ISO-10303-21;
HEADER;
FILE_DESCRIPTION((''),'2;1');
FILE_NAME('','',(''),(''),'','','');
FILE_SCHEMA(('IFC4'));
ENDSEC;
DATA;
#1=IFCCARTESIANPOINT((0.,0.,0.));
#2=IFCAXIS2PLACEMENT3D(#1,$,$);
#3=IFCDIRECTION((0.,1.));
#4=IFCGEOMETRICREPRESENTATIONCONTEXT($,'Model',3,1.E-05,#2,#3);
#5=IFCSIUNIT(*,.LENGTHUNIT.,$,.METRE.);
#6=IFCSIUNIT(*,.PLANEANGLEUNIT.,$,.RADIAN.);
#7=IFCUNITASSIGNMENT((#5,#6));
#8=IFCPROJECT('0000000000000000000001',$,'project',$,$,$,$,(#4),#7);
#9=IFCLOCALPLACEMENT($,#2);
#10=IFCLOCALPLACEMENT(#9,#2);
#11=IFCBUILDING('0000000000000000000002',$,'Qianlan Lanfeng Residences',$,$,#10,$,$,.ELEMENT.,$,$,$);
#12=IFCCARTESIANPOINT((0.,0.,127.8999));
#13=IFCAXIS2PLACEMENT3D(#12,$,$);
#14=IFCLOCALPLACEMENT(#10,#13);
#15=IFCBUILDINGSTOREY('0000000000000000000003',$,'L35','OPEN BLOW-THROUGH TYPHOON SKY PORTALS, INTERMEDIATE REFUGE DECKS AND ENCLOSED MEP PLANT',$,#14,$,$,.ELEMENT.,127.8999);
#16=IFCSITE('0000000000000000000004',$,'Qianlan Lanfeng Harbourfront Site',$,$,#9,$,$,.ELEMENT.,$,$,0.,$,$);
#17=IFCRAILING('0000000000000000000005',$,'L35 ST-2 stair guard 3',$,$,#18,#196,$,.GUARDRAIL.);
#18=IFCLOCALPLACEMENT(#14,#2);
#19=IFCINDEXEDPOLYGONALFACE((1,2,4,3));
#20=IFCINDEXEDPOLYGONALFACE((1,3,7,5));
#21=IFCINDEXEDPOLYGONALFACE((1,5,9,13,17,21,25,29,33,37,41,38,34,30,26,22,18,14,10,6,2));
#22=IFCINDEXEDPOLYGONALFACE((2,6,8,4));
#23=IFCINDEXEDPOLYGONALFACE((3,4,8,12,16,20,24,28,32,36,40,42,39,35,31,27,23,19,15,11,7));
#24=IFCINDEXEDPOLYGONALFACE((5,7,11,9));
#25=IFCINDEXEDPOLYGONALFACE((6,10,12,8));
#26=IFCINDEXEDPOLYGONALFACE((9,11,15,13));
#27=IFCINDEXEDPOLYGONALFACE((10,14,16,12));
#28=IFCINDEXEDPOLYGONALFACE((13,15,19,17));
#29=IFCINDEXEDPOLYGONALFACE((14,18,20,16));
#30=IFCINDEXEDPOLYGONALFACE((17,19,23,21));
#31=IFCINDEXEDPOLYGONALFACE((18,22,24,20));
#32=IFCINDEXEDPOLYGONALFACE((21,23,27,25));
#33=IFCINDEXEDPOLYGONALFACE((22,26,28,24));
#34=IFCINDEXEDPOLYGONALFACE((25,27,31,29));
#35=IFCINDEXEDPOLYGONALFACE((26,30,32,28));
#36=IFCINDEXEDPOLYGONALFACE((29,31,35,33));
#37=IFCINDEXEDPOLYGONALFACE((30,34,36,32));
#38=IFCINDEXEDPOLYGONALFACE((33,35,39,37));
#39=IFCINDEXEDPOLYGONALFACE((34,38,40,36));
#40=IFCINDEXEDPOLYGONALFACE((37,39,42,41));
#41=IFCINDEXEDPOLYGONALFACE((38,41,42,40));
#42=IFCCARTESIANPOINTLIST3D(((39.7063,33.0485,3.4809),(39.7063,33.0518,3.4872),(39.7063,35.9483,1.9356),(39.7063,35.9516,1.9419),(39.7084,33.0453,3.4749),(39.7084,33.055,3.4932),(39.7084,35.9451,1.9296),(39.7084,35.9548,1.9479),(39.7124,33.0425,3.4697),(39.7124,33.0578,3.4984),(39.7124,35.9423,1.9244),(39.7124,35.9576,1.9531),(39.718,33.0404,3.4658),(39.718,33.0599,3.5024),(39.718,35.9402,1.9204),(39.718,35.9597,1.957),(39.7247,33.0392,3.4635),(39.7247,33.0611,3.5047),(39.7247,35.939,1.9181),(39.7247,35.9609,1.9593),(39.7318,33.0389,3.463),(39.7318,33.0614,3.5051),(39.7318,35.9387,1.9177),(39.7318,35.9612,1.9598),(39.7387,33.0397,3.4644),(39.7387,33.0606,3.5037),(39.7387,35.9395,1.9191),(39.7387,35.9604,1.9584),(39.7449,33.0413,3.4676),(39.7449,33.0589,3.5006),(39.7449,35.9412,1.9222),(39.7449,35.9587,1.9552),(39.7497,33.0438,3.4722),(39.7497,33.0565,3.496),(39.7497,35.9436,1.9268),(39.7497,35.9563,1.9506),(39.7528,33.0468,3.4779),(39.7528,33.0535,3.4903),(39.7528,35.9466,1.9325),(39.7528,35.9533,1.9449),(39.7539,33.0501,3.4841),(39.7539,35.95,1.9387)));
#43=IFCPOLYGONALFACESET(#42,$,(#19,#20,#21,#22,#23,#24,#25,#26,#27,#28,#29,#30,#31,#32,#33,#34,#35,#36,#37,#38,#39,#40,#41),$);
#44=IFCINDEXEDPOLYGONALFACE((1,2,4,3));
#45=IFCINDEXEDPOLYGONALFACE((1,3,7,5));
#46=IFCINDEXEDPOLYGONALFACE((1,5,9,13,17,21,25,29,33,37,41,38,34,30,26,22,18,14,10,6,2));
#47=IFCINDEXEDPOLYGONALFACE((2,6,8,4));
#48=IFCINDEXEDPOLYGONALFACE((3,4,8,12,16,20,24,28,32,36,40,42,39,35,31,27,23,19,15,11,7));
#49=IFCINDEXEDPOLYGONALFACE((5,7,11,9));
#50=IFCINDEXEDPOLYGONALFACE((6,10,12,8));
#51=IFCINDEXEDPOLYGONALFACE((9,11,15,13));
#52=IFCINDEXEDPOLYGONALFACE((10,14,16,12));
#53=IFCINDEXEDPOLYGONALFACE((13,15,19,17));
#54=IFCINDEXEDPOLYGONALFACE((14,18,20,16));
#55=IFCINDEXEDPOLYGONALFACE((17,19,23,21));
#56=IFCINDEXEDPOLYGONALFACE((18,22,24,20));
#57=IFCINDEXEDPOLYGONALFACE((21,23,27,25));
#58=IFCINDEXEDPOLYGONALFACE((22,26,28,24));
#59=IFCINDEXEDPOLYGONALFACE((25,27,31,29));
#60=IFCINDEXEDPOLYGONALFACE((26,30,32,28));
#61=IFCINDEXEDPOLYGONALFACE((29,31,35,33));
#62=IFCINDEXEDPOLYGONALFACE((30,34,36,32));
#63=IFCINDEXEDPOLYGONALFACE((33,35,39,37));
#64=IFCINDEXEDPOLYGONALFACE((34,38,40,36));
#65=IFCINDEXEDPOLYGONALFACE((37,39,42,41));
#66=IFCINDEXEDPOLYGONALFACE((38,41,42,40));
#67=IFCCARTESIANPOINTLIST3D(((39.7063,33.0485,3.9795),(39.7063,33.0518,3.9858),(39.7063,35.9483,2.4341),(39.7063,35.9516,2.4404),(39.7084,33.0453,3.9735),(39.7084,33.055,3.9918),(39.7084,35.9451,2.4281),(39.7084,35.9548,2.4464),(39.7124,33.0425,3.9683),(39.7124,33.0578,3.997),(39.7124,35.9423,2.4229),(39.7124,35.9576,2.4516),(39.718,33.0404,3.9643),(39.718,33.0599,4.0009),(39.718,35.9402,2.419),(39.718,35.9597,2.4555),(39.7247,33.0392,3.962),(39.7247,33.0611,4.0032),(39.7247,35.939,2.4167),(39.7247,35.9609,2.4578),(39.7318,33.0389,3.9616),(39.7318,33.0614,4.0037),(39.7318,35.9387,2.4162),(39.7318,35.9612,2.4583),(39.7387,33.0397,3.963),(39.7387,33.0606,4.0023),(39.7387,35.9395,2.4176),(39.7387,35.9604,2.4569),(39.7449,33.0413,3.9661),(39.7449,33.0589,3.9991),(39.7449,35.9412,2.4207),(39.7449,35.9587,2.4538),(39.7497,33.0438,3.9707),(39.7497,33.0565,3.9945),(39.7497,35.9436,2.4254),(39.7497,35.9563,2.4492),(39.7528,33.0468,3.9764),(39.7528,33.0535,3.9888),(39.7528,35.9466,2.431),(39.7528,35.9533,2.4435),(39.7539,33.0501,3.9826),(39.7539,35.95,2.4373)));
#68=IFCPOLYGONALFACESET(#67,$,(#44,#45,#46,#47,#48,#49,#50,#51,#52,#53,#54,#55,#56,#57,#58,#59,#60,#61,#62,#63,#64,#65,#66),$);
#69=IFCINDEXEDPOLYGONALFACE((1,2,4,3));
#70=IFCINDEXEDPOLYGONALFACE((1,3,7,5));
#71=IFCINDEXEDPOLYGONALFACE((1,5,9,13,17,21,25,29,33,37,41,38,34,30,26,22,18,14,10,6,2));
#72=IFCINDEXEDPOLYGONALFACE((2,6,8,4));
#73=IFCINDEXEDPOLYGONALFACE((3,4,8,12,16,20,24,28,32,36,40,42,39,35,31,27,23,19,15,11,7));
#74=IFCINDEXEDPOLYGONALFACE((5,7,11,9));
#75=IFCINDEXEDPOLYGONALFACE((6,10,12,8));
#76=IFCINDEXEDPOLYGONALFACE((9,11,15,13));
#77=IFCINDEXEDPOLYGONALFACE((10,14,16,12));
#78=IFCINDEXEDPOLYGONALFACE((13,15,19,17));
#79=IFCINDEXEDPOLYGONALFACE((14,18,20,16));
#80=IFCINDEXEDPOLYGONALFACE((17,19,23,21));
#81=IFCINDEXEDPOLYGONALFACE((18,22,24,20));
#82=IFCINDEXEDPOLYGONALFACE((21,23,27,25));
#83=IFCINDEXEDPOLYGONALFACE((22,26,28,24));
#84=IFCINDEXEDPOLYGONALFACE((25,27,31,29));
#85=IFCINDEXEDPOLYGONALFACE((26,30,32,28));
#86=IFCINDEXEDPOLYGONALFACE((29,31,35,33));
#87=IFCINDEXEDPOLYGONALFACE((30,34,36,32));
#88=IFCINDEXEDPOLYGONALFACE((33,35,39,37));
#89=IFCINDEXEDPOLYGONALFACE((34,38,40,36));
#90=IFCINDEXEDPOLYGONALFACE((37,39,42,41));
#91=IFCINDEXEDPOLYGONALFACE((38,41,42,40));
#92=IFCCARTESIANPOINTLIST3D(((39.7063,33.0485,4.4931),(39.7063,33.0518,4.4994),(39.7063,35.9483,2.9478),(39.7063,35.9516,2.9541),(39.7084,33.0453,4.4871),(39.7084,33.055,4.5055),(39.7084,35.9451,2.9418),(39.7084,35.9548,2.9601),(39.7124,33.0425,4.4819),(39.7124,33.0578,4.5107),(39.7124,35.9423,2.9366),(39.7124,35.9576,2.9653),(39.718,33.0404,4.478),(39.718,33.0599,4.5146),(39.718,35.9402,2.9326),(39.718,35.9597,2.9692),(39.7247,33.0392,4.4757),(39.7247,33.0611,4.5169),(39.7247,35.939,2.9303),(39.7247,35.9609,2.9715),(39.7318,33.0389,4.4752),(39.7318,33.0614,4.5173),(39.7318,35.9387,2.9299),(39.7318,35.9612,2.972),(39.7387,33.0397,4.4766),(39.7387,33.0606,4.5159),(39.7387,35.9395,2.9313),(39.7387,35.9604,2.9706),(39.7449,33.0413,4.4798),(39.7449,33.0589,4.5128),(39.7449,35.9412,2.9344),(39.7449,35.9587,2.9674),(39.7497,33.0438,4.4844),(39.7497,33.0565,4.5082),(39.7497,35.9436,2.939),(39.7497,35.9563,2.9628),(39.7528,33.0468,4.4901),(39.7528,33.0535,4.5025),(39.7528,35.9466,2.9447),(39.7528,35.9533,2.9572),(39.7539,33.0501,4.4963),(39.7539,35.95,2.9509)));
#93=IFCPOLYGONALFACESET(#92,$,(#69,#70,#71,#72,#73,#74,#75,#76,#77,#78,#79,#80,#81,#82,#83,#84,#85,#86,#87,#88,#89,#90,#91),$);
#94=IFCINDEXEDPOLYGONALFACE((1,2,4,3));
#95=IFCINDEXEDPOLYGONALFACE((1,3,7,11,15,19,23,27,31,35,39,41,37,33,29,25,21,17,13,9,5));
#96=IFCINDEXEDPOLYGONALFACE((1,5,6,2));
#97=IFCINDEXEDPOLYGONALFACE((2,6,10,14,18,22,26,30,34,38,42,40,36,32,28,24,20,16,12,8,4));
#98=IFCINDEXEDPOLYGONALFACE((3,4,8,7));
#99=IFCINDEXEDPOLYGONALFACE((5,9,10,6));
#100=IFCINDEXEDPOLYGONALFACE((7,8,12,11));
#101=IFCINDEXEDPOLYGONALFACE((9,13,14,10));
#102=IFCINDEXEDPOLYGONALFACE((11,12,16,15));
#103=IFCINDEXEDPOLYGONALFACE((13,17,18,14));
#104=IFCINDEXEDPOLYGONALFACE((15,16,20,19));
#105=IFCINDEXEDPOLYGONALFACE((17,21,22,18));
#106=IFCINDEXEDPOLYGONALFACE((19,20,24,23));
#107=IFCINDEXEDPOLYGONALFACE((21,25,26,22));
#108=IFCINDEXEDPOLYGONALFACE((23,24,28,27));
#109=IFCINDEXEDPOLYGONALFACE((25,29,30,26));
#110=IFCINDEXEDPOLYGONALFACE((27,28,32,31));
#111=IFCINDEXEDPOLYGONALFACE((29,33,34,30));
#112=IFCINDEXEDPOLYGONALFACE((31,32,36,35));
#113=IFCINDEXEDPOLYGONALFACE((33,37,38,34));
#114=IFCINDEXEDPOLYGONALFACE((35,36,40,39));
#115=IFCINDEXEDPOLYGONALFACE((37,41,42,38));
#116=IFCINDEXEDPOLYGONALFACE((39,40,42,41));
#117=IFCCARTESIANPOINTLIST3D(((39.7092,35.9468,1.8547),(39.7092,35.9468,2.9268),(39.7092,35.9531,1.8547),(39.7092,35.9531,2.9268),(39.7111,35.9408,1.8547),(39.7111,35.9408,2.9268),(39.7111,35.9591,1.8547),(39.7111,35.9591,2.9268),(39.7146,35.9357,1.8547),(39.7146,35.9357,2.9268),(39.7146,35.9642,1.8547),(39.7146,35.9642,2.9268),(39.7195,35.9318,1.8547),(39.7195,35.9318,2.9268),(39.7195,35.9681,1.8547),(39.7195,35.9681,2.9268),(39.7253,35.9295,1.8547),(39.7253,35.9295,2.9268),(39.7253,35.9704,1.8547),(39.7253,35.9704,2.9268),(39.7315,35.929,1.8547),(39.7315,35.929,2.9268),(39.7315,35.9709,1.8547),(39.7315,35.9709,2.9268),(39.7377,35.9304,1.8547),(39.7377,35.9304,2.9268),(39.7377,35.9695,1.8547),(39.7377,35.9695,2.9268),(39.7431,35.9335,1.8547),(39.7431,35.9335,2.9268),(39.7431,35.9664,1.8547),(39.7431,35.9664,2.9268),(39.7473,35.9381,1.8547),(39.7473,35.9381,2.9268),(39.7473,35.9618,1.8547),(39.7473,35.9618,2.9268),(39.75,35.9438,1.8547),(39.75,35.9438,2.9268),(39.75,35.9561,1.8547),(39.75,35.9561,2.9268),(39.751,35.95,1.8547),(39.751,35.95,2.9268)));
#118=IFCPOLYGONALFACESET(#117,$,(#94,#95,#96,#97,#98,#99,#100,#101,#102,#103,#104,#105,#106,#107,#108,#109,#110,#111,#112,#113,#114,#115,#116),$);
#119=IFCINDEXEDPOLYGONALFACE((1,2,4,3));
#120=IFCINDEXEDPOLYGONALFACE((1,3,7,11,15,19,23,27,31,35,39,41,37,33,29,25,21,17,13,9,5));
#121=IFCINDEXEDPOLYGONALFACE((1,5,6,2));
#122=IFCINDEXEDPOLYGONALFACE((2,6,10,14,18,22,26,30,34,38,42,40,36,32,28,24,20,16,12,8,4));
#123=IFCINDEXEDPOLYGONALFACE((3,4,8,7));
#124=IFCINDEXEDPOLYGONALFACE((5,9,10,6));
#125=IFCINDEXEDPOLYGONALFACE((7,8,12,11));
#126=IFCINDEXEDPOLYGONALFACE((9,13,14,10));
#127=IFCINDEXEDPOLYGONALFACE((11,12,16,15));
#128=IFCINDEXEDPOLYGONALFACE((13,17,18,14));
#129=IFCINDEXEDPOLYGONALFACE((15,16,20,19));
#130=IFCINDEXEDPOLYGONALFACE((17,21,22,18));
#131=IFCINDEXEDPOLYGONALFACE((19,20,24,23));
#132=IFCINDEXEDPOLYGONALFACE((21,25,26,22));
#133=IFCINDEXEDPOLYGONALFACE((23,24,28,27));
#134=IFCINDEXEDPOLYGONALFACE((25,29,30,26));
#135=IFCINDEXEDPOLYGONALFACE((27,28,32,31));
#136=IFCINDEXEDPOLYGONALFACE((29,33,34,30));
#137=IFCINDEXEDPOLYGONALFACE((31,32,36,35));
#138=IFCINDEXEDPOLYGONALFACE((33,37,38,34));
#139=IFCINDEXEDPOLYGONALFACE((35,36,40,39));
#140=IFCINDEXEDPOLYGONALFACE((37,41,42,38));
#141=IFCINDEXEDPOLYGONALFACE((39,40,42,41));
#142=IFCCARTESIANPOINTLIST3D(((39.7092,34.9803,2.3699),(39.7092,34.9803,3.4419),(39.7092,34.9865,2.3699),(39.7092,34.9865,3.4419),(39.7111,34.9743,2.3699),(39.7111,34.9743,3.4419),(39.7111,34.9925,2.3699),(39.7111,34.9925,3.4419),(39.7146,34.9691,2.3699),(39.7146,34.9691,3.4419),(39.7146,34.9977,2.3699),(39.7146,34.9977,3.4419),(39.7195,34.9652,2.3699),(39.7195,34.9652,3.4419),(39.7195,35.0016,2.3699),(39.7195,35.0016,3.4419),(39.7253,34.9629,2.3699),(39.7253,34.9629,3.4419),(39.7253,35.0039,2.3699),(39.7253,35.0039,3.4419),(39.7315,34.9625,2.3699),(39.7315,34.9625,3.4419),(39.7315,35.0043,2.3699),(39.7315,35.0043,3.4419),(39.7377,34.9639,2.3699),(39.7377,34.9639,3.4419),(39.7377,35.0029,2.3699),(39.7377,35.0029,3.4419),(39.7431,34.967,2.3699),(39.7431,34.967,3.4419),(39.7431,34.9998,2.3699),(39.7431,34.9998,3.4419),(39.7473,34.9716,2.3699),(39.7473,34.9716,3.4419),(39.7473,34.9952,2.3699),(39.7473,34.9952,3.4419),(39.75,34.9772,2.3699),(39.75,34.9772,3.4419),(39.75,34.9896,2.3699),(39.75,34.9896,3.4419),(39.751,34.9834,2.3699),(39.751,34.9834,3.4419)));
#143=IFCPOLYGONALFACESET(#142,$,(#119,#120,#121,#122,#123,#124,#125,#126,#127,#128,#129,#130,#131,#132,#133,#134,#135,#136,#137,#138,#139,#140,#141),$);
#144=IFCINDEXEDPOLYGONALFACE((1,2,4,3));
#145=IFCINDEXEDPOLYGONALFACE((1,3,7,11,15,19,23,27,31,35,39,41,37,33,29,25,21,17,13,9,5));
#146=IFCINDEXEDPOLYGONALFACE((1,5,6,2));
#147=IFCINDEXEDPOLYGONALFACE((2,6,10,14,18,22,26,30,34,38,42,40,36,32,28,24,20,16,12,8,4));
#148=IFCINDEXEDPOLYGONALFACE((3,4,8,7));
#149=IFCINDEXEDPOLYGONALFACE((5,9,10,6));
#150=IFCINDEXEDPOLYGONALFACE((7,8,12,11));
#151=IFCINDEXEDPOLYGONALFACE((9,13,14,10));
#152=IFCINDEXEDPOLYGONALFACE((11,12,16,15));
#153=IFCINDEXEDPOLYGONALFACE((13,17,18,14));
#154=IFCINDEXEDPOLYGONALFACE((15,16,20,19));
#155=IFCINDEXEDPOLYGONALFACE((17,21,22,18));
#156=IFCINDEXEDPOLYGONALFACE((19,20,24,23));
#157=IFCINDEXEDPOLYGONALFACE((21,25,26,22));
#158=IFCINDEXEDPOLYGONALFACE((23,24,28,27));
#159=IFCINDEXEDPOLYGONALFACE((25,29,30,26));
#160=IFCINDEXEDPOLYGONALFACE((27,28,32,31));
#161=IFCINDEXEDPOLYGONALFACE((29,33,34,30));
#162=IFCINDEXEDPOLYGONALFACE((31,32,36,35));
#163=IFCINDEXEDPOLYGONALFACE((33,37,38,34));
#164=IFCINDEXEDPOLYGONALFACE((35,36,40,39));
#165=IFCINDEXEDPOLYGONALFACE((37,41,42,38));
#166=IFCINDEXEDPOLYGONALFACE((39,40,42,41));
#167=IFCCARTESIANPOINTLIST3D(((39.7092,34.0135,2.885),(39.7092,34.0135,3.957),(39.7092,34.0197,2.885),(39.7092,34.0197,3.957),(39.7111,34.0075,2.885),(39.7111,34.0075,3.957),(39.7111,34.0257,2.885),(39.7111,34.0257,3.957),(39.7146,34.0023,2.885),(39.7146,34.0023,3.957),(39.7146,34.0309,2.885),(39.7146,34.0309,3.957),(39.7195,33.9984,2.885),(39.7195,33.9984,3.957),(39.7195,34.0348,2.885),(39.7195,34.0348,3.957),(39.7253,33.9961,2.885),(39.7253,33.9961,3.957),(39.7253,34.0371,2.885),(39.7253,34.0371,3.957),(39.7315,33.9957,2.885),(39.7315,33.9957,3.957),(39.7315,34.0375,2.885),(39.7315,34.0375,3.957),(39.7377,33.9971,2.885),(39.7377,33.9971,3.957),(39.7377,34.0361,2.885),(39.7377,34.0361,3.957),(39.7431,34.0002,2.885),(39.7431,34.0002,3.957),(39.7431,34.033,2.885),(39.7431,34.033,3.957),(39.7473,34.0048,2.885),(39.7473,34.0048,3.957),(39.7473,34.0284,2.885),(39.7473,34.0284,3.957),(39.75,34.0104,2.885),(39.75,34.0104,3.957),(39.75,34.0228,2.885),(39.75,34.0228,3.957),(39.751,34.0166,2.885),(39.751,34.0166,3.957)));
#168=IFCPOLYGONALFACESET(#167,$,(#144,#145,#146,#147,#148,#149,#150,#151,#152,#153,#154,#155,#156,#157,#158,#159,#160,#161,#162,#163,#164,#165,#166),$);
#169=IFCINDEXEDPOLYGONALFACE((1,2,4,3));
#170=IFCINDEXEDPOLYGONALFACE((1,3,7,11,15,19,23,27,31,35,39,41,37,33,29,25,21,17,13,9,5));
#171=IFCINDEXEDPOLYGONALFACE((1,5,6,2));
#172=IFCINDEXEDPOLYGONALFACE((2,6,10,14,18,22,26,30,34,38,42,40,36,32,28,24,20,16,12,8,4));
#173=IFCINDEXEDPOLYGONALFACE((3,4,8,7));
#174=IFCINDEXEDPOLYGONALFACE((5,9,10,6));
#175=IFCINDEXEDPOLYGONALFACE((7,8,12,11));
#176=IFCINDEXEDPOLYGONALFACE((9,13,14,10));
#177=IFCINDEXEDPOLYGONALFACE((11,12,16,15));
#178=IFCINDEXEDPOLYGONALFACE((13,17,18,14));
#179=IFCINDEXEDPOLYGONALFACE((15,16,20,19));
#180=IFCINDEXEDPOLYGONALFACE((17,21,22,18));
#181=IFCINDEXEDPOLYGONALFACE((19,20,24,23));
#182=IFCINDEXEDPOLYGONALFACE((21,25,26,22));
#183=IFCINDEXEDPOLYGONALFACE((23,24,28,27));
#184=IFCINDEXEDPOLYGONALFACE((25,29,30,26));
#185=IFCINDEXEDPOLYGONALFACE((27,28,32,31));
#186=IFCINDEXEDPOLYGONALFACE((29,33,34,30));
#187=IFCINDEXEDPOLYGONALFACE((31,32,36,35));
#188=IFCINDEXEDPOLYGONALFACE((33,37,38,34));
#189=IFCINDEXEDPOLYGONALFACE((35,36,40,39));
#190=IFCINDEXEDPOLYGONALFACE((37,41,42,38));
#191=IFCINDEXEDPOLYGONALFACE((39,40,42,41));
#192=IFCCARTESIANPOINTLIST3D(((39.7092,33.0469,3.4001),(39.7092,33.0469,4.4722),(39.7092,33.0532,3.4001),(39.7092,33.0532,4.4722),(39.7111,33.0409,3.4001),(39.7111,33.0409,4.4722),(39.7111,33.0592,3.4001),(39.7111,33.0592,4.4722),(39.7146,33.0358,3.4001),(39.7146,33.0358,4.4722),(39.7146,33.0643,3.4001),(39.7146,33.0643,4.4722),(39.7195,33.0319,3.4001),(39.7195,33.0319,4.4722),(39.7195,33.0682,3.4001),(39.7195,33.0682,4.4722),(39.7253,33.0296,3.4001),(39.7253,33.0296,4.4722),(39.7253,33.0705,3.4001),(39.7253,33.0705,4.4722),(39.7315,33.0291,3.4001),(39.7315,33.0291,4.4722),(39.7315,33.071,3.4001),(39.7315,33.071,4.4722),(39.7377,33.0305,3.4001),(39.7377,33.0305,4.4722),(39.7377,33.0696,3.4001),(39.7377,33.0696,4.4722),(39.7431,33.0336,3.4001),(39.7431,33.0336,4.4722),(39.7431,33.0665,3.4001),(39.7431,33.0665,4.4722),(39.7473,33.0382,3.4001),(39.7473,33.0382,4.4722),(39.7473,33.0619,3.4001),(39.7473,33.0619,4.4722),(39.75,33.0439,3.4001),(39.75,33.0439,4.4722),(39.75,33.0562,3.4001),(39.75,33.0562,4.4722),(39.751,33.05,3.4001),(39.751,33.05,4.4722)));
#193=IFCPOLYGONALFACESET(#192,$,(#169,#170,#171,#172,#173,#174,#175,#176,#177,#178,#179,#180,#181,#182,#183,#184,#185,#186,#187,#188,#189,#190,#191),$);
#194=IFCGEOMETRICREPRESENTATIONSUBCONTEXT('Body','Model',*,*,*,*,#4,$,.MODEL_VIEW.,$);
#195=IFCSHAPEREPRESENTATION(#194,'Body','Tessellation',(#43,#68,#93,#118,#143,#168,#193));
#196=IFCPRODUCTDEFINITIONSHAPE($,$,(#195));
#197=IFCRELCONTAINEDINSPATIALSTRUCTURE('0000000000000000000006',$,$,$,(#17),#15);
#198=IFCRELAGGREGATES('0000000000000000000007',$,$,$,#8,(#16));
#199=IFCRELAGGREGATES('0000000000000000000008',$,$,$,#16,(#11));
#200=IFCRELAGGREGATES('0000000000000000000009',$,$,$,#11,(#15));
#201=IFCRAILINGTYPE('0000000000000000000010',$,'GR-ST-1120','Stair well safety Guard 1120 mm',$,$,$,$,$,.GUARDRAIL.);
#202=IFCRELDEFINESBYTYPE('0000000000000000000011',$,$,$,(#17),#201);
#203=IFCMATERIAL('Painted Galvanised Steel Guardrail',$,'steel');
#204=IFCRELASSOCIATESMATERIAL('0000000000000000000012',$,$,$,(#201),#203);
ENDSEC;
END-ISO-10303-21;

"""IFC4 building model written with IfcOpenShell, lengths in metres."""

from ifc_helpers import new_model, si_unit, direction, frame, origin, origin_2d, place, context, subcontext, project, spatial, circle, extrude, material, type_object, element, save


model = new_model("IFC4")

# Units and contexts
model_context = context("Model", 3, precision=1e-05, world=origin(), true_north=direction((0.0, 1.0)))
body_context = subcontext(model_context, "Body", "Model", "MODEL_VIEW")
ifc_project = project(units=[si_unit("LENGTHUNIT", "METRE"), si_unit("PLANEANGLEUNIT", "RADIAN")], contexts=[model_context])

# Site, building, storey
site_placement = place(None, origin())
site = spatial("IfcSite", under=ifc_project, at=site_placement, Name="Qianlan Lanfeng Harbourfront Site", CompositionType="ELEMENT", RefElevation=0.0)
building_placement = place(site_placement, origin())
building = spatial("IfcBuilding", under=site, at=building_placement, Name="Qianlan Lanfeng Residences", CompositionType="ELEMENT")
storey_placement = place(building_placement, frame((0.0, 0.0, 127.8999)))
storey = spatial("IfcBuildingStorey", under=building, at=storey_placement, Name="L35", Description="OPEN BLOW-THROUGH TYPHOON SKY PORTALS, INTERMEDIATE REFUGE DECKS AND ENCLOSED MEP PLANT", CompositionType="ELEMENT", Elevation=127.8999)

# Railing
ifc_material_1 = material(Name="Painted Galvanised Steel Guardrail", Category="steel")
railing_type_1 = type_object("IfcRailingType", Name="GR-ST-1120", Description="Stair well safety Guard 1120 mm", PredefinedType="GUARDRAIL", material=ifc_material_1)
railing_placement = place(storey_placement, frame((39.73, 35.95, 1.8547)))
element("IfcRailing", 1, at=railing_placement, inside=storey, type_object=railing_type_1, Name="L35 ST-2 stair guard 3", PredefinedType="GUARDRAIL", context=body_context, shape_type="SweptSolid", body=[
    extrude(circle(Radius=0.0239, at=origin_2d()), frame((0.0, 0.0, 0.084), z_axis=(0.0, -0.882505, 0.470303), x_axis=(1.0, 0.0, 0.0)), (0.0, 0.0, 1.0), 3.2859),
    extrude(circle(Radius=0.0239, at=origin_2d()), frame((0.0, 0.0, 0.5825), z_axis=(0.0, -0.882505, 0.470303), x_axis=(1.0, 0.0, 0.0)), (0.0, 0.0, 1.0), 3.2859),
    extrude(circle(Radius=0.0239, at=origin_2d()), frame((0.0, 0.0, 1.0962), z_axis=(0.0, -0.882505, 0.470303), x_axis=(1.0, 0.0, 0.0)), (0.0, 0.0, 1.0), 3.2859),
    extrude(circle(Radius=0.021, at=origin_2d()), origin(), (0.0, 0.0, 1.0), 1.072),
    extrude(circle(Radius=0.021, at=origin_2d()), frame((0.0, -0.9666, 0.5151)), (0.0, 0.0, 1.0), 1.072),
    extrude(circle(Radius=0.021, at=origin_2d()), frame((0.0, -1.9333, 1.0303)), (0.0, 0.0, 1.0), 1.072),
    extrude(circle(Radius=0.021, at=origin_2d()), frame((0.0, -2.8999, 1.5454)), (0.0, 0.0, 1.0), 1.072),
])

save(model, "model.ifc")
